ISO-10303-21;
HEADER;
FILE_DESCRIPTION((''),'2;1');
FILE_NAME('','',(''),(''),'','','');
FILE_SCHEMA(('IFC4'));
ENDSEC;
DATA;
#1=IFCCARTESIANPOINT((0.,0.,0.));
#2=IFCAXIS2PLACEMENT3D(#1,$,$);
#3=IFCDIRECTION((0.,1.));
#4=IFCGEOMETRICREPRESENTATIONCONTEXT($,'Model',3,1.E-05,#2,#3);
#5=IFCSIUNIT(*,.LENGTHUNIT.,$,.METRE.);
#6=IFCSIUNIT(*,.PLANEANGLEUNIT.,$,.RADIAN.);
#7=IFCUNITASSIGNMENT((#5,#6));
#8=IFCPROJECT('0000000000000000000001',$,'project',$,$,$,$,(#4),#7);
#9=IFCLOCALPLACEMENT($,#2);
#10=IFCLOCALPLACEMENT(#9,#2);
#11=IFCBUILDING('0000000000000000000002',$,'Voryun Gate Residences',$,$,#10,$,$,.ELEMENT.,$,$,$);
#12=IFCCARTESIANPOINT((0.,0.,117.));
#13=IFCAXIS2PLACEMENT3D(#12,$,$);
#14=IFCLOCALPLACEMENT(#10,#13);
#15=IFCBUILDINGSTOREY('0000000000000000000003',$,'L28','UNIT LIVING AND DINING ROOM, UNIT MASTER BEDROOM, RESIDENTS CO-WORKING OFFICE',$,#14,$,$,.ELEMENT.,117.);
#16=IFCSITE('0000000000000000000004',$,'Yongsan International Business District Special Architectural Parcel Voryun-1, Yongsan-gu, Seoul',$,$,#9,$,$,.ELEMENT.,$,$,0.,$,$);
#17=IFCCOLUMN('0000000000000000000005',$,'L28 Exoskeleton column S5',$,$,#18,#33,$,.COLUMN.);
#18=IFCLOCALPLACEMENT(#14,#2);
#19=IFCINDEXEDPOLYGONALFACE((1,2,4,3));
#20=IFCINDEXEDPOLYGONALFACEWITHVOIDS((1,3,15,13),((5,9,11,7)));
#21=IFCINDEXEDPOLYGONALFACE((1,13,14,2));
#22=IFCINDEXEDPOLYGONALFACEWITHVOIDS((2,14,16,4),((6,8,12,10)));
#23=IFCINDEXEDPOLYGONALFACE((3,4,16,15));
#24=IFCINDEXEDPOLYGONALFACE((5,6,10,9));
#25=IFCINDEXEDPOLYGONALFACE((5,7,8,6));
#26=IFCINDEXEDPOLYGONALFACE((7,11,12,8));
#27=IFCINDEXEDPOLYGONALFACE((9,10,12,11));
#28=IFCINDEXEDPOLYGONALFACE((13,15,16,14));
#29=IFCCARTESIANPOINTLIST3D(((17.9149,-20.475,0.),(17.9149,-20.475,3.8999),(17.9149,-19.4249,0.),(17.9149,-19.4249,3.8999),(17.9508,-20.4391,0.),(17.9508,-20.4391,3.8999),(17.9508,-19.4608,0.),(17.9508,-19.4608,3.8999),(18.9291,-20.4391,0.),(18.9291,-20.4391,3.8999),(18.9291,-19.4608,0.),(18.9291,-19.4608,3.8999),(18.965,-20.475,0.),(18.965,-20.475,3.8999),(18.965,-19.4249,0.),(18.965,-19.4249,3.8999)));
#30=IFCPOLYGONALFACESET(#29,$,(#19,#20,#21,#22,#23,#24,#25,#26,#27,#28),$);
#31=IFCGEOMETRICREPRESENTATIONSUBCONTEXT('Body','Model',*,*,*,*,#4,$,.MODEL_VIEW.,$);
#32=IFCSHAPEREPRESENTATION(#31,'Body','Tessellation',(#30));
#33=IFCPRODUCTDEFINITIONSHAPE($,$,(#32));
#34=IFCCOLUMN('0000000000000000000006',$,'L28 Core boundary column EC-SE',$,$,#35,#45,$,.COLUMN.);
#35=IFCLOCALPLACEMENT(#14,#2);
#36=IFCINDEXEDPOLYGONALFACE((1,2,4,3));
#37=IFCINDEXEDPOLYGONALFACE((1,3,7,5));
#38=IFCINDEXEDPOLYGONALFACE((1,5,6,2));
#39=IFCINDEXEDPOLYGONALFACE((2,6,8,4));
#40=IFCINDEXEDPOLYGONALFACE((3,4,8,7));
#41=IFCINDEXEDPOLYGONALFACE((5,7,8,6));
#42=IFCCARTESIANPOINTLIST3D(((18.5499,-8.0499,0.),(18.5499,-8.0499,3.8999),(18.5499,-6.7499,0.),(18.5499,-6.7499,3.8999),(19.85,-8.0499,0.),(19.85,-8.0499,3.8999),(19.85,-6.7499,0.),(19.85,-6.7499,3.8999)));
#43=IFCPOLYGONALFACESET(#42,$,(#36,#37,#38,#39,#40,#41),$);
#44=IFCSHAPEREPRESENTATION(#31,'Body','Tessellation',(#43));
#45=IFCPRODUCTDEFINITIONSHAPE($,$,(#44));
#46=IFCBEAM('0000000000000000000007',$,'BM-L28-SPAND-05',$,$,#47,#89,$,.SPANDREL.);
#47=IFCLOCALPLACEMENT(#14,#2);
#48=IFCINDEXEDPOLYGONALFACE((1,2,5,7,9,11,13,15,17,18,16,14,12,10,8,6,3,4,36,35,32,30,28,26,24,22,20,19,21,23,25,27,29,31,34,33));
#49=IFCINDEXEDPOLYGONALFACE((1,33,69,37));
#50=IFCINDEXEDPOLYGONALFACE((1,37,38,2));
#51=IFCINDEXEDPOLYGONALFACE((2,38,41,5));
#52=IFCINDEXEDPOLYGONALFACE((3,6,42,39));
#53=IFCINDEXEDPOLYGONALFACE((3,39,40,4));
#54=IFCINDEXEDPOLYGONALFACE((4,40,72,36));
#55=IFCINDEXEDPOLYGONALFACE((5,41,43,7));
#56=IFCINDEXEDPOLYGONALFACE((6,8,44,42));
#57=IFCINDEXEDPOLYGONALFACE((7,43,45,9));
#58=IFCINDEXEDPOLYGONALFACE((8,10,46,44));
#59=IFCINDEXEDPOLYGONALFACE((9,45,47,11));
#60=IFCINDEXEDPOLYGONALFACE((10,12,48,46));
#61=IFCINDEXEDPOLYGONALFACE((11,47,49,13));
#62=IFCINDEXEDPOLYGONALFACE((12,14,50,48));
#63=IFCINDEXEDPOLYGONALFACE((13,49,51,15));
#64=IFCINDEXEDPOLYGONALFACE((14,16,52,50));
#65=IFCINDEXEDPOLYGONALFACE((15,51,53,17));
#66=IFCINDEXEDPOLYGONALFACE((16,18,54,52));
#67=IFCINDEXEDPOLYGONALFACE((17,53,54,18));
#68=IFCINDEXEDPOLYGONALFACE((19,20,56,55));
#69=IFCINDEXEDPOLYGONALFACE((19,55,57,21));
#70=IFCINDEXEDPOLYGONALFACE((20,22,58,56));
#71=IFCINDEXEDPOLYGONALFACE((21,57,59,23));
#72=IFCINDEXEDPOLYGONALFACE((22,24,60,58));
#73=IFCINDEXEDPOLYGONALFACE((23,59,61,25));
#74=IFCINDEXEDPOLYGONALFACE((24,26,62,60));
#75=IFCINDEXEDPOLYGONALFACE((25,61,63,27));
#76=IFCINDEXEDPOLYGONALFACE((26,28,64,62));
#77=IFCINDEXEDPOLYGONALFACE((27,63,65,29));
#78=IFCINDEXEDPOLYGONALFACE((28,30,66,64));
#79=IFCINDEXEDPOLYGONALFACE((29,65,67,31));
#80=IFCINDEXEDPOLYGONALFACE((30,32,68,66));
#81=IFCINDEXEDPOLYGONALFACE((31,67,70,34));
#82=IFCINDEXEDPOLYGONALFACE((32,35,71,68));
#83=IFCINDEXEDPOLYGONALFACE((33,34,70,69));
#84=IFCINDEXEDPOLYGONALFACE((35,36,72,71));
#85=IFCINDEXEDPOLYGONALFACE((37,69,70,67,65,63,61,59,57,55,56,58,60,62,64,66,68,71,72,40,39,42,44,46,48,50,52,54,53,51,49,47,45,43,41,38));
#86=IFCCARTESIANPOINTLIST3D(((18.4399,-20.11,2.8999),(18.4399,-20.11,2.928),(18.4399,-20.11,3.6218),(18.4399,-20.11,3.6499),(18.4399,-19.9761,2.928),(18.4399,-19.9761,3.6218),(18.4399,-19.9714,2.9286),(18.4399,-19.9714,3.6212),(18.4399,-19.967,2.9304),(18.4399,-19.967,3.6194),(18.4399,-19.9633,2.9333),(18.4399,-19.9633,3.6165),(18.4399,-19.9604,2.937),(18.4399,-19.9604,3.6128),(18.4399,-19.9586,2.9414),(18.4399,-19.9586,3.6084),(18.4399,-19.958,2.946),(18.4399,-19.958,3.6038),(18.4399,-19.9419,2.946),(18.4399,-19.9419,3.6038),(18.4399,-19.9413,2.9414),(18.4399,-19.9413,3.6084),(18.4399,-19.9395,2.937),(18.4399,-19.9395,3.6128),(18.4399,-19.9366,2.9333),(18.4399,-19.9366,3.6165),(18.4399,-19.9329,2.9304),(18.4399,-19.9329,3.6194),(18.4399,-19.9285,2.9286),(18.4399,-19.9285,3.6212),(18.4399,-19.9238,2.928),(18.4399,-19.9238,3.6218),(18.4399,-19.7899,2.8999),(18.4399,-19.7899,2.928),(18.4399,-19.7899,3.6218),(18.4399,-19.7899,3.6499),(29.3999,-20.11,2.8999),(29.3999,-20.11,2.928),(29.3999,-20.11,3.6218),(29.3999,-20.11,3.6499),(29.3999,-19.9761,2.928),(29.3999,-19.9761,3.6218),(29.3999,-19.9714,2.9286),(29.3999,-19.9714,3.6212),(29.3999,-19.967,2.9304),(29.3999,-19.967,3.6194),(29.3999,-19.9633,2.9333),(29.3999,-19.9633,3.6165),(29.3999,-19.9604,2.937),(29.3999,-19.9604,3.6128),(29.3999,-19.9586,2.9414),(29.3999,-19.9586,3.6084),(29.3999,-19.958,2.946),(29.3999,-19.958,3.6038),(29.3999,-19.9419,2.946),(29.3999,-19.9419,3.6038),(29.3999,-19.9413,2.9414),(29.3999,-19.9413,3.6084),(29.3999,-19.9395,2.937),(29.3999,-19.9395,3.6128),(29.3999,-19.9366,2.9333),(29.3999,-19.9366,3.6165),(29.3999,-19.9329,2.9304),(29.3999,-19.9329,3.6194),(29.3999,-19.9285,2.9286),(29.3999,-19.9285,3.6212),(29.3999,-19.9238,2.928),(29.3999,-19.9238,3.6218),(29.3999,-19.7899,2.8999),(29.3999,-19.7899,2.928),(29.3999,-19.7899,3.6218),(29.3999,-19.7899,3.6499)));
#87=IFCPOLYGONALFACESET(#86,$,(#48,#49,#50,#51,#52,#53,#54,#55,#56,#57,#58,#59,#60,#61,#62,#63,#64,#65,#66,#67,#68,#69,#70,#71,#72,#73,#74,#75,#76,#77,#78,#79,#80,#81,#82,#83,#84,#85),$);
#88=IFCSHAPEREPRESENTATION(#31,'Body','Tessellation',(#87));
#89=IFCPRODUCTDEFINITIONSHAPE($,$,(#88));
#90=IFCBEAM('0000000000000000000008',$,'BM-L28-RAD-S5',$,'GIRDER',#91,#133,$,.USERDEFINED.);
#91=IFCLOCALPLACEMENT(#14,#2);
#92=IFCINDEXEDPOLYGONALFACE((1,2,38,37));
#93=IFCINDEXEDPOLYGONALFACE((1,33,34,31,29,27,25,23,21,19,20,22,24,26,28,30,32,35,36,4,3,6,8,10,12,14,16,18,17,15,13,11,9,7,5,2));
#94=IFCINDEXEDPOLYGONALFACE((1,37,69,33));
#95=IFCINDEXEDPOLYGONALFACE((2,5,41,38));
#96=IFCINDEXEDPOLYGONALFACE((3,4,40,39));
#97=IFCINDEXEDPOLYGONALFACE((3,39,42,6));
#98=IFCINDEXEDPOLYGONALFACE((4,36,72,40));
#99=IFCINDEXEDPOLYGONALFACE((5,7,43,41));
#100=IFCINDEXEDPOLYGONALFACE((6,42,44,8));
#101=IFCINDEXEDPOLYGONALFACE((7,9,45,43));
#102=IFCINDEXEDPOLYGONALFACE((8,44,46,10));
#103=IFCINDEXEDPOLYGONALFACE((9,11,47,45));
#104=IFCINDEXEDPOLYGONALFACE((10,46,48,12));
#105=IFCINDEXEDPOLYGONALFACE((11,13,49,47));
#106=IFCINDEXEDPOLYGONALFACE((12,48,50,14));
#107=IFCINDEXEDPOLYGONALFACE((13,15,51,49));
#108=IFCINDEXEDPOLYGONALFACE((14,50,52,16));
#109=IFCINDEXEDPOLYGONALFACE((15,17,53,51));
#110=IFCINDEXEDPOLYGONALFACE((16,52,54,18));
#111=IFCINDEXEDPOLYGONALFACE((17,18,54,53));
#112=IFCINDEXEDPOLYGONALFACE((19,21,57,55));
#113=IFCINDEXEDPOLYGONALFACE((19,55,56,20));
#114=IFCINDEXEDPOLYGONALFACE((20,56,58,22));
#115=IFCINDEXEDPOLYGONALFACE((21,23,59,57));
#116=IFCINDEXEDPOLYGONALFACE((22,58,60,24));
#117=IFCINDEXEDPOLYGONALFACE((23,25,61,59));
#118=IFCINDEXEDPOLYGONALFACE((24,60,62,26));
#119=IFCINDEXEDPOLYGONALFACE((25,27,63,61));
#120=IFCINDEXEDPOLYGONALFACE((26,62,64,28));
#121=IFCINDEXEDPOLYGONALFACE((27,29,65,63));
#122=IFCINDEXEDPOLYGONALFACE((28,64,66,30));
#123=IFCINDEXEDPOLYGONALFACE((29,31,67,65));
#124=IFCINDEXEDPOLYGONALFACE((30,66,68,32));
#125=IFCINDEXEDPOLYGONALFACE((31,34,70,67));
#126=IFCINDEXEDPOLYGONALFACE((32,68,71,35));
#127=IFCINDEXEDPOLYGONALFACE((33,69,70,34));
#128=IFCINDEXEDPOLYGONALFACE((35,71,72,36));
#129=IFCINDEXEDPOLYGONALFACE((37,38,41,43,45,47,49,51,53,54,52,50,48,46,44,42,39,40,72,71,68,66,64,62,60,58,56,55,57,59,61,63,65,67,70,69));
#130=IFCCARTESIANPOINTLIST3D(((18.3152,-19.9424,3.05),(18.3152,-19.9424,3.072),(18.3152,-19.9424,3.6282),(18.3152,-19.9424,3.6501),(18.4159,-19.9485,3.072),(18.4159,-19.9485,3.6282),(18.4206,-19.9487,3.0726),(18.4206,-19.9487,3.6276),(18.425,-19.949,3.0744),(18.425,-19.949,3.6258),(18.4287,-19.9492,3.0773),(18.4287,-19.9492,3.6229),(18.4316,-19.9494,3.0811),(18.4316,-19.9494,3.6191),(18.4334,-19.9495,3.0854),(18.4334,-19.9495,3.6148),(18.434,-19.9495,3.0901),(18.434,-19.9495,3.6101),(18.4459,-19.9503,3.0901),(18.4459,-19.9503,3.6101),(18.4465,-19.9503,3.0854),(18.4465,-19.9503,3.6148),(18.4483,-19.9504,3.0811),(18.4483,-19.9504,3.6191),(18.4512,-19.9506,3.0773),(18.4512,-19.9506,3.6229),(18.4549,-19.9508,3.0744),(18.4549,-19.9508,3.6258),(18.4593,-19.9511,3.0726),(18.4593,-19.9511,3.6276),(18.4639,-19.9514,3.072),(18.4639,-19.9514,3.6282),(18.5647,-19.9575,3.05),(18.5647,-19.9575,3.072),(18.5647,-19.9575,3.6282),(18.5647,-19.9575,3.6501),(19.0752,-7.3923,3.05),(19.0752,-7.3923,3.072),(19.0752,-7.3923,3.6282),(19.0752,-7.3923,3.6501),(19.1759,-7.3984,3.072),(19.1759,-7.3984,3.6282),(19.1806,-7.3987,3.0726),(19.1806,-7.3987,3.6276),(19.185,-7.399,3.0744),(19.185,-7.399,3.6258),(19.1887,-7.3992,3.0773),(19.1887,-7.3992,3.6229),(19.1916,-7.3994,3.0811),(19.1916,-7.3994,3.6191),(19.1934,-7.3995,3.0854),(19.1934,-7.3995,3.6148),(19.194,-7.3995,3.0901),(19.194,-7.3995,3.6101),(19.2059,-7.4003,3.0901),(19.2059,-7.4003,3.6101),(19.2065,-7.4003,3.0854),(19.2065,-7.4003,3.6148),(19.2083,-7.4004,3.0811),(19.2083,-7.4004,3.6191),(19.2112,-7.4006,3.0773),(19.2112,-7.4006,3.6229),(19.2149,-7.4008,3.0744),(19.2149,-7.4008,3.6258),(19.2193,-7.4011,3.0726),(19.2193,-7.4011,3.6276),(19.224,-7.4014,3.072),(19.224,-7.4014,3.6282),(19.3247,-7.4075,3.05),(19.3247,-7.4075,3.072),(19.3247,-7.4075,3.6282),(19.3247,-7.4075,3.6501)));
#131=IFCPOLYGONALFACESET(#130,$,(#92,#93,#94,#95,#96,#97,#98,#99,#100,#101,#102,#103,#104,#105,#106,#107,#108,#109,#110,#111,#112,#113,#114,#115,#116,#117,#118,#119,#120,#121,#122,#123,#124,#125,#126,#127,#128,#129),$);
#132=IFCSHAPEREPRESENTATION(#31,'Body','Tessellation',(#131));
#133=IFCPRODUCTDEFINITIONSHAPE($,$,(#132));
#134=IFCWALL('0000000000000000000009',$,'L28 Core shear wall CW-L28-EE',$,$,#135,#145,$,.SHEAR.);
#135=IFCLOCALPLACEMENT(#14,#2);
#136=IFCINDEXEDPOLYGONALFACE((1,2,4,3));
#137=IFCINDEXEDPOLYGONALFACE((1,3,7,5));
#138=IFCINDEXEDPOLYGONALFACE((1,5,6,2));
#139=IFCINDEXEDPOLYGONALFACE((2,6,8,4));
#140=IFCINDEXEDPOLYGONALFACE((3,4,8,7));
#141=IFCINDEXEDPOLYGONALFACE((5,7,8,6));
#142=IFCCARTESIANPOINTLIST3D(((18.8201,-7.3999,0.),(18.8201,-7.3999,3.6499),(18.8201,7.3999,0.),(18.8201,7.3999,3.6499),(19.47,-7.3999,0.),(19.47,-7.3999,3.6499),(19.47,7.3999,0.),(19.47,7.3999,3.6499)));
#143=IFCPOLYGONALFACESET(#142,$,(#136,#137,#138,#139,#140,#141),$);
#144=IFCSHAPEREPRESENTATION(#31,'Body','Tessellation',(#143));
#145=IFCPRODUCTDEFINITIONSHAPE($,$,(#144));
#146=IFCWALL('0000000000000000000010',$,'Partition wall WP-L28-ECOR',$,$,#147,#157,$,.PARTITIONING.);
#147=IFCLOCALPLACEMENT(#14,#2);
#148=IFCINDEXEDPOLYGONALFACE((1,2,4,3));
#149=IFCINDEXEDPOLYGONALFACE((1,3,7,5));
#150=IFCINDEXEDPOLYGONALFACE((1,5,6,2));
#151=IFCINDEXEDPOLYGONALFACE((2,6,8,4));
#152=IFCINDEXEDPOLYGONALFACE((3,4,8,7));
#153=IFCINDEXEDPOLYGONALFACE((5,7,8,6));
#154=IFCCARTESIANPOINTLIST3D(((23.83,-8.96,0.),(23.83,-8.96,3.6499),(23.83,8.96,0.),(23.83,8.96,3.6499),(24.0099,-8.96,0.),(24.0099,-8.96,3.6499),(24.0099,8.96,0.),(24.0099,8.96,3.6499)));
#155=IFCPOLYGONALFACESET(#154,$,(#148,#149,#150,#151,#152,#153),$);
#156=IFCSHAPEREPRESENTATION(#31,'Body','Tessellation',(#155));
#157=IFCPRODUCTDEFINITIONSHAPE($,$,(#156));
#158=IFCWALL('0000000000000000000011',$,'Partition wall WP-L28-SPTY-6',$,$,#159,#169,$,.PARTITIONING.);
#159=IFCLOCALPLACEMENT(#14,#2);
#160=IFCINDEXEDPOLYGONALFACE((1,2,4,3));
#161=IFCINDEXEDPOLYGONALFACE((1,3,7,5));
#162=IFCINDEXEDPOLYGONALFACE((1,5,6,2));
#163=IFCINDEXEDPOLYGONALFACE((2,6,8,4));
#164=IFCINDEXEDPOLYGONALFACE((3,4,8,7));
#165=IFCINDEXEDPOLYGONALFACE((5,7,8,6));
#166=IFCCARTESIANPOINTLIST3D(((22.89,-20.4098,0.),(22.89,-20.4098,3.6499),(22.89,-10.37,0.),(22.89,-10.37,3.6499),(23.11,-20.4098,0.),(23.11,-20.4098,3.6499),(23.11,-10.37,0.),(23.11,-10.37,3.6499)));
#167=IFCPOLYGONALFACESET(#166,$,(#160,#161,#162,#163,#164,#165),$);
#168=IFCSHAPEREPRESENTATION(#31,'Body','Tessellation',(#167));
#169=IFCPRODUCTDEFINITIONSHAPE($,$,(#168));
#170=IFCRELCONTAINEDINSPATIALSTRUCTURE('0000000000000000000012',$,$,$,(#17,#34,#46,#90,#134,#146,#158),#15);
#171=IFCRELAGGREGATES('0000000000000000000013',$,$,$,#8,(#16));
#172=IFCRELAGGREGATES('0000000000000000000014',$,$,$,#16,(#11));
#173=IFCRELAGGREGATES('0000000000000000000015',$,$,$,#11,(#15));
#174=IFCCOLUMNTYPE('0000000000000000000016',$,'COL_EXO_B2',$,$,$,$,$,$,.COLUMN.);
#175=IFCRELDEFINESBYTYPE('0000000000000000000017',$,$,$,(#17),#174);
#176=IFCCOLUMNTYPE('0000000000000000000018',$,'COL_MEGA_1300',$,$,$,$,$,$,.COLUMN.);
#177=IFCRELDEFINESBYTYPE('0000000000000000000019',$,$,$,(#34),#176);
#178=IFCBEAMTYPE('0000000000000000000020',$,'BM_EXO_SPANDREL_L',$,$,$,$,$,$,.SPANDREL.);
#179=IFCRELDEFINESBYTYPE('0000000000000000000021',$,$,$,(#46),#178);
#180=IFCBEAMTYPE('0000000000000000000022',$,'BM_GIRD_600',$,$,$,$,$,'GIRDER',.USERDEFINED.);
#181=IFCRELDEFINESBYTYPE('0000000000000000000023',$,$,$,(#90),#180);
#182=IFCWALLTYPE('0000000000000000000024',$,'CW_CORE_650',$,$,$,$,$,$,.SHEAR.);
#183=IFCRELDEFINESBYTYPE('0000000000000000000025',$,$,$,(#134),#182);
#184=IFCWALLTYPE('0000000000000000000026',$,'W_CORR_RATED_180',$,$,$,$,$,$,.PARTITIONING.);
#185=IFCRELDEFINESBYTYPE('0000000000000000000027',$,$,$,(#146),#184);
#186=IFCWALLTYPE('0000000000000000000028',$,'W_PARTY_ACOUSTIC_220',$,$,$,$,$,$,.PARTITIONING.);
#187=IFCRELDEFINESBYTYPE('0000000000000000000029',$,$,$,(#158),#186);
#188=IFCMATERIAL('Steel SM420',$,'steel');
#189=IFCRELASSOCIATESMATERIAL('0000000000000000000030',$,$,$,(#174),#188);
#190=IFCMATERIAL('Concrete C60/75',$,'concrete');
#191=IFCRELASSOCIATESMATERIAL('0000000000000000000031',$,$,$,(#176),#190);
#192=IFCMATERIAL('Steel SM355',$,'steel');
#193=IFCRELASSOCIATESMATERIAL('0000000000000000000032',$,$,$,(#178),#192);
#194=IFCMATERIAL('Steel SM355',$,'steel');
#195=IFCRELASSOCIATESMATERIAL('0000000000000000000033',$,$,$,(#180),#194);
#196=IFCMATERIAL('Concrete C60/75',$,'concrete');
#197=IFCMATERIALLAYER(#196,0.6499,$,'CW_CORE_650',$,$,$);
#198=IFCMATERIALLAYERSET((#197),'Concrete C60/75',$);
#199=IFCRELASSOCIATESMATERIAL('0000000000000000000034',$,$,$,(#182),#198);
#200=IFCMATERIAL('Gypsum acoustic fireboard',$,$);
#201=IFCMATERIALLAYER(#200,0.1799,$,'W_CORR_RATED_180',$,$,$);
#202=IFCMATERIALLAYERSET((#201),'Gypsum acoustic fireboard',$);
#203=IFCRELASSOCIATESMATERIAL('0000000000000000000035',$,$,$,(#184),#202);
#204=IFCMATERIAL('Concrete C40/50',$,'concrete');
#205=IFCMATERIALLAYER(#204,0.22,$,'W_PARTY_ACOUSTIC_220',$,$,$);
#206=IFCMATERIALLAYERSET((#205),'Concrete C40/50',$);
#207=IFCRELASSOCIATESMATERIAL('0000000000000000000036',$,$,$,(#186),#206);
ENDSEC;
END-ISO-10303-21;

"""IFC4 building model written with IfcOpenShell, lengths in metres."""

from ifc_helpers import new_model, si_unit, direction, frame, frame_2d, origin, origin_2d, place, context, subcontext, project, spatial, rectangle, hollow_rectangle, i_section, extrude, material, layer, layer_set, material_profile, profile_set, type_object, element, save


model = new_model("IFC4")

# Units and contexts
model_context = context("Model", 3, precision=1e-05, world=origin(), true_north=direction((0.0, 1.0)))
body_context = subcontext(model_context, "Body", "Model", "MODEL_VIEW")
ifc_project = project(units=[si_unit("LENGTHUNIT", "METRE"), si_unit("PLANEANGLEUNIT", "RADIAN")], contexts=[model_context])

# Site, building, storey
site_placement = place(None, origin())
site = spatial("IfcSite", under=ifc_project, at=site_placement, Name="Yongsan International Business District Special Architectural Parcel Voryun-1, Yongsan-gu, Seoul", CompositionType="ELEMENT", RefElevation=0.0)
building_placement = place(site_placement, origin())
building = spatial("IfcBuilding", under=site, at=building_placement, Name="Voryun Gate Residences", CompositionType="ELEMENT")
storey_placement = place(building_placement, frame((0.0, 0.0, 117.0)))
storey = spatial("IfcBuildingStorey", under=building, at=storey_placement, Name="L28", Description="UNIT LIVING AND DINING ROOM, UNIT MASTER BEDROOM, RESIDENTS CO-WORKING OFFICE", CompositionType="ELEMENT", Elevation=117.0)

# Columns
ifc_material_1 = material(Name="Steel SM420", Category="steel")
ifc_material_profile_1 = material_profile(ifc_material_1, hollow_rectangle(XDim=1.05, YDim=1.05, WallThickness=0.0359, at=origin_2d()), Name="BOX-1050x1050x36")
ifc_profile_set_1 = profile_set([ifc_material_profile_1], Name="Steel SM420")
column_type_1 = type_object("IfcColumnType", Name="COL_EXO_B2", PredefinedType="COLUMN", material=ifc_profile_set_1)
column_1_placement = place(storey_placement, frame((18.4399, -19.95, 0.0), z_axis=(0.0, 0.0, 1.0), x_axis=(1.0, 0.0, 0.0)))
element("IfcColumn", 1, at=column_1_placement, inside=storey, type_object=column_type_1, Name="L28 Exoskeleton column S5", PredefinedType="COLUMN", context=body_context, shape_type="SweptSolid", body=[
    extrude(hollow_rectangle(XDim=1.05, YDim=1.05, WallThickness=0.0359, at=origin_2d()), origin(), (0.0, 0.0, 1.0), 3.8999),
])
ifc_material_2 = material(Name="Concrete C60/75", Category="concrete")
ifc_material_profile_2 = material_profile(ifc_material_2, rectangle(XDim=1.3, YDim=1.3, at=origin_2d()), Name="RC-1300x1300")
ifc_profile_set_2 = profile_set([ifc_material_profile_2], Name="Concrete C60/75")
column_type_2 = type_object("IfcColumnType", Name="COL_MEGA_1300", PredefinedType="COLUMN", material=ifc_profile_set_2)
column_2_placement = place(storey_placement, frame((19.2, -7.3999, 0.0), z_axis=(0.0, 0.0, 1.0), x_axis=(1.0, 0.0, 0.0)))
element("IfcColumn", 2, at=column_2_placement, inside=storey, type_object=column_type_2, Name="L28 Core boundary column EC-SE", PredefinedType="COLUMN", context=body_context, shape_type="SweptSolid", body=[
    extrude(rectangle(XDim=1.3, YDim=1.3, at=origin_2d()), origin(), (0.0, 0.0, 1.0), 3.8999),
])

# Beams
ifc_material_3 = material(Name="Steel SM355", Category="steel")
ifc_material_profile_3 = material_profile(ifc_material_3, i_section(OverallWidth=0.3201, OverallDepth=0.75, WebThickness=0.0161, FlangeThickness=0.0281, FilletRadius=0.0181, at=origin_2d()), Name="H-750x320x16x28")
ifc_profile_set_3 = profile_set([ifc_material_profile_3], Name="Steel SM355")
beam_type_1 = type_object("IfcBeamType", Name="BM_EXO_SPANDREL_L", PredefinedType="SPANDREL", material=ifc_profile_set_3)
beam_1_placement = place(storey_placement, frame((18.4399, -19.95, 3.2749), z_axis=(1.0, 0.0, 0.0), x_axis=(0.0, 1.0, 0.0)))
element("IfcBeam", 3, at=beam_1_placement, inside=storey, type_object=beam_type_1, Name="BM-L28-SPAND-05", PredefinedType="SPANDREL", context=body_context, shape_type="SweptSolid", body=[
    extrude(i_section(OverallWidth=0.3201, OverallDepth=0.75, WebThickness=0.0161, FlangeThickness=0.0281, FilletRadius=0.0181, at=origin_2d()), origin(), (0.0, 0.0, 1.0), 10.96),
])
ifc_material_4 = material(Name="Steel SM355", Category="steel")
ifc_material_profile_4 = material_profile(ifc_material_4, i_section(OverallWidth=0.25, OverallDepth=0.6001, WebThickness=0.012, FlangeThickness=0.022, FilletRadius=0.0181, at=origin_2d()), Name="H-600x250x12x22")
ifc_profile_set_4 = profile_set([ifc_material_profile_4], Name="Steel SM355")
beam_type_2 = type_object("IfcBeamType", Name="BM_GIRD_600", ElementType="GIRDER", PredefinedType="USERDEFINED", material=ifc_profile_set_4)
beam_2_placement = place(storey_placement, frame((19.2, -7.3999, 3.3501), z_axis=(-0.060448, -0.998171, 0.0), x_axis=(0.998171, -0.060448, 0.0)))
element("IfcBeam", 4, at=beam_2_placement, inside=storey, type_object=beam_type_2, Name="BM-L28-RAD-S5", ObjectType="GIRDER", PredefinedType="USERDEFINED", context=body_context, shape_type="SweptSolid", body=[
    extrude(i_section(OverallWidth=0.25, OverallDepth=0.6001, WebThickness=0.012, FlangeThickness=0.022, FilletRadius=0.0181, at=origin_2d()), origin(), (0.0, 0.0, 1.0), 12.573),
])

# Walls
ifc_material_5 = material(Name="Concrete C60/75", Category="concrete")
ifc_layer_1 = layer(ifc_material_5, 0.6499, Name="CW_CORE_650")
ifc_layer_set_1 = layer_set([ifc_layer_1], Name="Concrete C60/75")
wall_type_1 = type_object("IfcWallType", Name="CW_CORE_650", PredefinedType="SHEAR", material=ifc_layer_set_1)
wall_1_placement = place(storey_placement, frame((19.145, -7.3999, 0.0), z_axis=(0.0, 0.0, 1.0), x_axis=(0.0, 1.0, 0.0)))
element("IfcWall", 5, at=wall_1_placement, inside=storey, type_object=wall_type_1, Name="L28 Core shear wall CW-L28-EE", PredefinedType="SHEAR", context=body_context, shape_type="SweptSolid", body=[
    extrude(rectangle(XDim=14.7998, YDim=0.6499, at=frame_2d((7.3999, 0.0))), origin(), (0.0, 0.0, 1.0), 3.6499),
])
ifc_material_6 = material(Name="Gypsum acoustic fireboard")
ifc_layer_2 = layer(ifc_material_6, 0.1799, Name="W_CORR_RATED_180")
ifc_layer_set_2 = layer_set([ifc_layer_2], Name="Gypsum acoustic fireboard")
wall_type_2 = type_object("IfcWallType", Name="W_CORR_RATED_180", PredefinedType="PARTITIONING", material=ifc_layer_set_2)
wall_2_placement = place(storey_placement, frame((23.9199, -8.96, 0.0), z_axis=(0.0, 0.0, 1.0), x_axis=(0.0, 1.0, 0.0)))
element("IfcWall", 6, at=wall_2_placement, inside=storey, type_object=wall_type_2, Name="Partition wall WP-L28-ECOR", PredefinedType="PARTITIONING", context=body_context, shape_type="SweptSolid", body=[
    extrude(rectangle(XDim=17.9199, YDim=0.1799, at=frame_2d((8.96, 0.0))), origin(), (0.0, 0.0, 1.0), 3.6499),
])
ifc_material_7 = material(Name="Concrete C40/50", Category="concrete")
ifc_layer_3 = layer(ifc_material_7, 0.22, Name="W_PARTY_ACOUSTIC_220")
ifc_layer_set_3 = layer_set([ifc_layer_3], Name="Concrete C40/50")
wall_type_3 = type_object("IfcWallType", Name="W_PARTY_ACOUSTIC_220", PredefinedType="PARTITIONING", material=ifc_layer_set_3)
wall_3_placement = place(storey_placement, frame((23.0, -20.4099, 0.0), z_axis=(0.0, 0.0, 1.0), x_axis=(0.0, 1.0, 0.0)))
element("IfcWall", 7, at=wall_3_placement, inside=storey, type_object=wall_type_3, Name="Partition wall WP-L28-SPTY-6", PredefinedType="PARTITIONING", context=body_context, shape_type="SweptSolid", body=[
    extrude(rectangle(XDim=10.0398, YDim=0.22, at=frame_2d((5.02, 0.0))), origin(), (0.0, 0.0, 1.0), 3.6499),
])

save(model, "model.ifc")
